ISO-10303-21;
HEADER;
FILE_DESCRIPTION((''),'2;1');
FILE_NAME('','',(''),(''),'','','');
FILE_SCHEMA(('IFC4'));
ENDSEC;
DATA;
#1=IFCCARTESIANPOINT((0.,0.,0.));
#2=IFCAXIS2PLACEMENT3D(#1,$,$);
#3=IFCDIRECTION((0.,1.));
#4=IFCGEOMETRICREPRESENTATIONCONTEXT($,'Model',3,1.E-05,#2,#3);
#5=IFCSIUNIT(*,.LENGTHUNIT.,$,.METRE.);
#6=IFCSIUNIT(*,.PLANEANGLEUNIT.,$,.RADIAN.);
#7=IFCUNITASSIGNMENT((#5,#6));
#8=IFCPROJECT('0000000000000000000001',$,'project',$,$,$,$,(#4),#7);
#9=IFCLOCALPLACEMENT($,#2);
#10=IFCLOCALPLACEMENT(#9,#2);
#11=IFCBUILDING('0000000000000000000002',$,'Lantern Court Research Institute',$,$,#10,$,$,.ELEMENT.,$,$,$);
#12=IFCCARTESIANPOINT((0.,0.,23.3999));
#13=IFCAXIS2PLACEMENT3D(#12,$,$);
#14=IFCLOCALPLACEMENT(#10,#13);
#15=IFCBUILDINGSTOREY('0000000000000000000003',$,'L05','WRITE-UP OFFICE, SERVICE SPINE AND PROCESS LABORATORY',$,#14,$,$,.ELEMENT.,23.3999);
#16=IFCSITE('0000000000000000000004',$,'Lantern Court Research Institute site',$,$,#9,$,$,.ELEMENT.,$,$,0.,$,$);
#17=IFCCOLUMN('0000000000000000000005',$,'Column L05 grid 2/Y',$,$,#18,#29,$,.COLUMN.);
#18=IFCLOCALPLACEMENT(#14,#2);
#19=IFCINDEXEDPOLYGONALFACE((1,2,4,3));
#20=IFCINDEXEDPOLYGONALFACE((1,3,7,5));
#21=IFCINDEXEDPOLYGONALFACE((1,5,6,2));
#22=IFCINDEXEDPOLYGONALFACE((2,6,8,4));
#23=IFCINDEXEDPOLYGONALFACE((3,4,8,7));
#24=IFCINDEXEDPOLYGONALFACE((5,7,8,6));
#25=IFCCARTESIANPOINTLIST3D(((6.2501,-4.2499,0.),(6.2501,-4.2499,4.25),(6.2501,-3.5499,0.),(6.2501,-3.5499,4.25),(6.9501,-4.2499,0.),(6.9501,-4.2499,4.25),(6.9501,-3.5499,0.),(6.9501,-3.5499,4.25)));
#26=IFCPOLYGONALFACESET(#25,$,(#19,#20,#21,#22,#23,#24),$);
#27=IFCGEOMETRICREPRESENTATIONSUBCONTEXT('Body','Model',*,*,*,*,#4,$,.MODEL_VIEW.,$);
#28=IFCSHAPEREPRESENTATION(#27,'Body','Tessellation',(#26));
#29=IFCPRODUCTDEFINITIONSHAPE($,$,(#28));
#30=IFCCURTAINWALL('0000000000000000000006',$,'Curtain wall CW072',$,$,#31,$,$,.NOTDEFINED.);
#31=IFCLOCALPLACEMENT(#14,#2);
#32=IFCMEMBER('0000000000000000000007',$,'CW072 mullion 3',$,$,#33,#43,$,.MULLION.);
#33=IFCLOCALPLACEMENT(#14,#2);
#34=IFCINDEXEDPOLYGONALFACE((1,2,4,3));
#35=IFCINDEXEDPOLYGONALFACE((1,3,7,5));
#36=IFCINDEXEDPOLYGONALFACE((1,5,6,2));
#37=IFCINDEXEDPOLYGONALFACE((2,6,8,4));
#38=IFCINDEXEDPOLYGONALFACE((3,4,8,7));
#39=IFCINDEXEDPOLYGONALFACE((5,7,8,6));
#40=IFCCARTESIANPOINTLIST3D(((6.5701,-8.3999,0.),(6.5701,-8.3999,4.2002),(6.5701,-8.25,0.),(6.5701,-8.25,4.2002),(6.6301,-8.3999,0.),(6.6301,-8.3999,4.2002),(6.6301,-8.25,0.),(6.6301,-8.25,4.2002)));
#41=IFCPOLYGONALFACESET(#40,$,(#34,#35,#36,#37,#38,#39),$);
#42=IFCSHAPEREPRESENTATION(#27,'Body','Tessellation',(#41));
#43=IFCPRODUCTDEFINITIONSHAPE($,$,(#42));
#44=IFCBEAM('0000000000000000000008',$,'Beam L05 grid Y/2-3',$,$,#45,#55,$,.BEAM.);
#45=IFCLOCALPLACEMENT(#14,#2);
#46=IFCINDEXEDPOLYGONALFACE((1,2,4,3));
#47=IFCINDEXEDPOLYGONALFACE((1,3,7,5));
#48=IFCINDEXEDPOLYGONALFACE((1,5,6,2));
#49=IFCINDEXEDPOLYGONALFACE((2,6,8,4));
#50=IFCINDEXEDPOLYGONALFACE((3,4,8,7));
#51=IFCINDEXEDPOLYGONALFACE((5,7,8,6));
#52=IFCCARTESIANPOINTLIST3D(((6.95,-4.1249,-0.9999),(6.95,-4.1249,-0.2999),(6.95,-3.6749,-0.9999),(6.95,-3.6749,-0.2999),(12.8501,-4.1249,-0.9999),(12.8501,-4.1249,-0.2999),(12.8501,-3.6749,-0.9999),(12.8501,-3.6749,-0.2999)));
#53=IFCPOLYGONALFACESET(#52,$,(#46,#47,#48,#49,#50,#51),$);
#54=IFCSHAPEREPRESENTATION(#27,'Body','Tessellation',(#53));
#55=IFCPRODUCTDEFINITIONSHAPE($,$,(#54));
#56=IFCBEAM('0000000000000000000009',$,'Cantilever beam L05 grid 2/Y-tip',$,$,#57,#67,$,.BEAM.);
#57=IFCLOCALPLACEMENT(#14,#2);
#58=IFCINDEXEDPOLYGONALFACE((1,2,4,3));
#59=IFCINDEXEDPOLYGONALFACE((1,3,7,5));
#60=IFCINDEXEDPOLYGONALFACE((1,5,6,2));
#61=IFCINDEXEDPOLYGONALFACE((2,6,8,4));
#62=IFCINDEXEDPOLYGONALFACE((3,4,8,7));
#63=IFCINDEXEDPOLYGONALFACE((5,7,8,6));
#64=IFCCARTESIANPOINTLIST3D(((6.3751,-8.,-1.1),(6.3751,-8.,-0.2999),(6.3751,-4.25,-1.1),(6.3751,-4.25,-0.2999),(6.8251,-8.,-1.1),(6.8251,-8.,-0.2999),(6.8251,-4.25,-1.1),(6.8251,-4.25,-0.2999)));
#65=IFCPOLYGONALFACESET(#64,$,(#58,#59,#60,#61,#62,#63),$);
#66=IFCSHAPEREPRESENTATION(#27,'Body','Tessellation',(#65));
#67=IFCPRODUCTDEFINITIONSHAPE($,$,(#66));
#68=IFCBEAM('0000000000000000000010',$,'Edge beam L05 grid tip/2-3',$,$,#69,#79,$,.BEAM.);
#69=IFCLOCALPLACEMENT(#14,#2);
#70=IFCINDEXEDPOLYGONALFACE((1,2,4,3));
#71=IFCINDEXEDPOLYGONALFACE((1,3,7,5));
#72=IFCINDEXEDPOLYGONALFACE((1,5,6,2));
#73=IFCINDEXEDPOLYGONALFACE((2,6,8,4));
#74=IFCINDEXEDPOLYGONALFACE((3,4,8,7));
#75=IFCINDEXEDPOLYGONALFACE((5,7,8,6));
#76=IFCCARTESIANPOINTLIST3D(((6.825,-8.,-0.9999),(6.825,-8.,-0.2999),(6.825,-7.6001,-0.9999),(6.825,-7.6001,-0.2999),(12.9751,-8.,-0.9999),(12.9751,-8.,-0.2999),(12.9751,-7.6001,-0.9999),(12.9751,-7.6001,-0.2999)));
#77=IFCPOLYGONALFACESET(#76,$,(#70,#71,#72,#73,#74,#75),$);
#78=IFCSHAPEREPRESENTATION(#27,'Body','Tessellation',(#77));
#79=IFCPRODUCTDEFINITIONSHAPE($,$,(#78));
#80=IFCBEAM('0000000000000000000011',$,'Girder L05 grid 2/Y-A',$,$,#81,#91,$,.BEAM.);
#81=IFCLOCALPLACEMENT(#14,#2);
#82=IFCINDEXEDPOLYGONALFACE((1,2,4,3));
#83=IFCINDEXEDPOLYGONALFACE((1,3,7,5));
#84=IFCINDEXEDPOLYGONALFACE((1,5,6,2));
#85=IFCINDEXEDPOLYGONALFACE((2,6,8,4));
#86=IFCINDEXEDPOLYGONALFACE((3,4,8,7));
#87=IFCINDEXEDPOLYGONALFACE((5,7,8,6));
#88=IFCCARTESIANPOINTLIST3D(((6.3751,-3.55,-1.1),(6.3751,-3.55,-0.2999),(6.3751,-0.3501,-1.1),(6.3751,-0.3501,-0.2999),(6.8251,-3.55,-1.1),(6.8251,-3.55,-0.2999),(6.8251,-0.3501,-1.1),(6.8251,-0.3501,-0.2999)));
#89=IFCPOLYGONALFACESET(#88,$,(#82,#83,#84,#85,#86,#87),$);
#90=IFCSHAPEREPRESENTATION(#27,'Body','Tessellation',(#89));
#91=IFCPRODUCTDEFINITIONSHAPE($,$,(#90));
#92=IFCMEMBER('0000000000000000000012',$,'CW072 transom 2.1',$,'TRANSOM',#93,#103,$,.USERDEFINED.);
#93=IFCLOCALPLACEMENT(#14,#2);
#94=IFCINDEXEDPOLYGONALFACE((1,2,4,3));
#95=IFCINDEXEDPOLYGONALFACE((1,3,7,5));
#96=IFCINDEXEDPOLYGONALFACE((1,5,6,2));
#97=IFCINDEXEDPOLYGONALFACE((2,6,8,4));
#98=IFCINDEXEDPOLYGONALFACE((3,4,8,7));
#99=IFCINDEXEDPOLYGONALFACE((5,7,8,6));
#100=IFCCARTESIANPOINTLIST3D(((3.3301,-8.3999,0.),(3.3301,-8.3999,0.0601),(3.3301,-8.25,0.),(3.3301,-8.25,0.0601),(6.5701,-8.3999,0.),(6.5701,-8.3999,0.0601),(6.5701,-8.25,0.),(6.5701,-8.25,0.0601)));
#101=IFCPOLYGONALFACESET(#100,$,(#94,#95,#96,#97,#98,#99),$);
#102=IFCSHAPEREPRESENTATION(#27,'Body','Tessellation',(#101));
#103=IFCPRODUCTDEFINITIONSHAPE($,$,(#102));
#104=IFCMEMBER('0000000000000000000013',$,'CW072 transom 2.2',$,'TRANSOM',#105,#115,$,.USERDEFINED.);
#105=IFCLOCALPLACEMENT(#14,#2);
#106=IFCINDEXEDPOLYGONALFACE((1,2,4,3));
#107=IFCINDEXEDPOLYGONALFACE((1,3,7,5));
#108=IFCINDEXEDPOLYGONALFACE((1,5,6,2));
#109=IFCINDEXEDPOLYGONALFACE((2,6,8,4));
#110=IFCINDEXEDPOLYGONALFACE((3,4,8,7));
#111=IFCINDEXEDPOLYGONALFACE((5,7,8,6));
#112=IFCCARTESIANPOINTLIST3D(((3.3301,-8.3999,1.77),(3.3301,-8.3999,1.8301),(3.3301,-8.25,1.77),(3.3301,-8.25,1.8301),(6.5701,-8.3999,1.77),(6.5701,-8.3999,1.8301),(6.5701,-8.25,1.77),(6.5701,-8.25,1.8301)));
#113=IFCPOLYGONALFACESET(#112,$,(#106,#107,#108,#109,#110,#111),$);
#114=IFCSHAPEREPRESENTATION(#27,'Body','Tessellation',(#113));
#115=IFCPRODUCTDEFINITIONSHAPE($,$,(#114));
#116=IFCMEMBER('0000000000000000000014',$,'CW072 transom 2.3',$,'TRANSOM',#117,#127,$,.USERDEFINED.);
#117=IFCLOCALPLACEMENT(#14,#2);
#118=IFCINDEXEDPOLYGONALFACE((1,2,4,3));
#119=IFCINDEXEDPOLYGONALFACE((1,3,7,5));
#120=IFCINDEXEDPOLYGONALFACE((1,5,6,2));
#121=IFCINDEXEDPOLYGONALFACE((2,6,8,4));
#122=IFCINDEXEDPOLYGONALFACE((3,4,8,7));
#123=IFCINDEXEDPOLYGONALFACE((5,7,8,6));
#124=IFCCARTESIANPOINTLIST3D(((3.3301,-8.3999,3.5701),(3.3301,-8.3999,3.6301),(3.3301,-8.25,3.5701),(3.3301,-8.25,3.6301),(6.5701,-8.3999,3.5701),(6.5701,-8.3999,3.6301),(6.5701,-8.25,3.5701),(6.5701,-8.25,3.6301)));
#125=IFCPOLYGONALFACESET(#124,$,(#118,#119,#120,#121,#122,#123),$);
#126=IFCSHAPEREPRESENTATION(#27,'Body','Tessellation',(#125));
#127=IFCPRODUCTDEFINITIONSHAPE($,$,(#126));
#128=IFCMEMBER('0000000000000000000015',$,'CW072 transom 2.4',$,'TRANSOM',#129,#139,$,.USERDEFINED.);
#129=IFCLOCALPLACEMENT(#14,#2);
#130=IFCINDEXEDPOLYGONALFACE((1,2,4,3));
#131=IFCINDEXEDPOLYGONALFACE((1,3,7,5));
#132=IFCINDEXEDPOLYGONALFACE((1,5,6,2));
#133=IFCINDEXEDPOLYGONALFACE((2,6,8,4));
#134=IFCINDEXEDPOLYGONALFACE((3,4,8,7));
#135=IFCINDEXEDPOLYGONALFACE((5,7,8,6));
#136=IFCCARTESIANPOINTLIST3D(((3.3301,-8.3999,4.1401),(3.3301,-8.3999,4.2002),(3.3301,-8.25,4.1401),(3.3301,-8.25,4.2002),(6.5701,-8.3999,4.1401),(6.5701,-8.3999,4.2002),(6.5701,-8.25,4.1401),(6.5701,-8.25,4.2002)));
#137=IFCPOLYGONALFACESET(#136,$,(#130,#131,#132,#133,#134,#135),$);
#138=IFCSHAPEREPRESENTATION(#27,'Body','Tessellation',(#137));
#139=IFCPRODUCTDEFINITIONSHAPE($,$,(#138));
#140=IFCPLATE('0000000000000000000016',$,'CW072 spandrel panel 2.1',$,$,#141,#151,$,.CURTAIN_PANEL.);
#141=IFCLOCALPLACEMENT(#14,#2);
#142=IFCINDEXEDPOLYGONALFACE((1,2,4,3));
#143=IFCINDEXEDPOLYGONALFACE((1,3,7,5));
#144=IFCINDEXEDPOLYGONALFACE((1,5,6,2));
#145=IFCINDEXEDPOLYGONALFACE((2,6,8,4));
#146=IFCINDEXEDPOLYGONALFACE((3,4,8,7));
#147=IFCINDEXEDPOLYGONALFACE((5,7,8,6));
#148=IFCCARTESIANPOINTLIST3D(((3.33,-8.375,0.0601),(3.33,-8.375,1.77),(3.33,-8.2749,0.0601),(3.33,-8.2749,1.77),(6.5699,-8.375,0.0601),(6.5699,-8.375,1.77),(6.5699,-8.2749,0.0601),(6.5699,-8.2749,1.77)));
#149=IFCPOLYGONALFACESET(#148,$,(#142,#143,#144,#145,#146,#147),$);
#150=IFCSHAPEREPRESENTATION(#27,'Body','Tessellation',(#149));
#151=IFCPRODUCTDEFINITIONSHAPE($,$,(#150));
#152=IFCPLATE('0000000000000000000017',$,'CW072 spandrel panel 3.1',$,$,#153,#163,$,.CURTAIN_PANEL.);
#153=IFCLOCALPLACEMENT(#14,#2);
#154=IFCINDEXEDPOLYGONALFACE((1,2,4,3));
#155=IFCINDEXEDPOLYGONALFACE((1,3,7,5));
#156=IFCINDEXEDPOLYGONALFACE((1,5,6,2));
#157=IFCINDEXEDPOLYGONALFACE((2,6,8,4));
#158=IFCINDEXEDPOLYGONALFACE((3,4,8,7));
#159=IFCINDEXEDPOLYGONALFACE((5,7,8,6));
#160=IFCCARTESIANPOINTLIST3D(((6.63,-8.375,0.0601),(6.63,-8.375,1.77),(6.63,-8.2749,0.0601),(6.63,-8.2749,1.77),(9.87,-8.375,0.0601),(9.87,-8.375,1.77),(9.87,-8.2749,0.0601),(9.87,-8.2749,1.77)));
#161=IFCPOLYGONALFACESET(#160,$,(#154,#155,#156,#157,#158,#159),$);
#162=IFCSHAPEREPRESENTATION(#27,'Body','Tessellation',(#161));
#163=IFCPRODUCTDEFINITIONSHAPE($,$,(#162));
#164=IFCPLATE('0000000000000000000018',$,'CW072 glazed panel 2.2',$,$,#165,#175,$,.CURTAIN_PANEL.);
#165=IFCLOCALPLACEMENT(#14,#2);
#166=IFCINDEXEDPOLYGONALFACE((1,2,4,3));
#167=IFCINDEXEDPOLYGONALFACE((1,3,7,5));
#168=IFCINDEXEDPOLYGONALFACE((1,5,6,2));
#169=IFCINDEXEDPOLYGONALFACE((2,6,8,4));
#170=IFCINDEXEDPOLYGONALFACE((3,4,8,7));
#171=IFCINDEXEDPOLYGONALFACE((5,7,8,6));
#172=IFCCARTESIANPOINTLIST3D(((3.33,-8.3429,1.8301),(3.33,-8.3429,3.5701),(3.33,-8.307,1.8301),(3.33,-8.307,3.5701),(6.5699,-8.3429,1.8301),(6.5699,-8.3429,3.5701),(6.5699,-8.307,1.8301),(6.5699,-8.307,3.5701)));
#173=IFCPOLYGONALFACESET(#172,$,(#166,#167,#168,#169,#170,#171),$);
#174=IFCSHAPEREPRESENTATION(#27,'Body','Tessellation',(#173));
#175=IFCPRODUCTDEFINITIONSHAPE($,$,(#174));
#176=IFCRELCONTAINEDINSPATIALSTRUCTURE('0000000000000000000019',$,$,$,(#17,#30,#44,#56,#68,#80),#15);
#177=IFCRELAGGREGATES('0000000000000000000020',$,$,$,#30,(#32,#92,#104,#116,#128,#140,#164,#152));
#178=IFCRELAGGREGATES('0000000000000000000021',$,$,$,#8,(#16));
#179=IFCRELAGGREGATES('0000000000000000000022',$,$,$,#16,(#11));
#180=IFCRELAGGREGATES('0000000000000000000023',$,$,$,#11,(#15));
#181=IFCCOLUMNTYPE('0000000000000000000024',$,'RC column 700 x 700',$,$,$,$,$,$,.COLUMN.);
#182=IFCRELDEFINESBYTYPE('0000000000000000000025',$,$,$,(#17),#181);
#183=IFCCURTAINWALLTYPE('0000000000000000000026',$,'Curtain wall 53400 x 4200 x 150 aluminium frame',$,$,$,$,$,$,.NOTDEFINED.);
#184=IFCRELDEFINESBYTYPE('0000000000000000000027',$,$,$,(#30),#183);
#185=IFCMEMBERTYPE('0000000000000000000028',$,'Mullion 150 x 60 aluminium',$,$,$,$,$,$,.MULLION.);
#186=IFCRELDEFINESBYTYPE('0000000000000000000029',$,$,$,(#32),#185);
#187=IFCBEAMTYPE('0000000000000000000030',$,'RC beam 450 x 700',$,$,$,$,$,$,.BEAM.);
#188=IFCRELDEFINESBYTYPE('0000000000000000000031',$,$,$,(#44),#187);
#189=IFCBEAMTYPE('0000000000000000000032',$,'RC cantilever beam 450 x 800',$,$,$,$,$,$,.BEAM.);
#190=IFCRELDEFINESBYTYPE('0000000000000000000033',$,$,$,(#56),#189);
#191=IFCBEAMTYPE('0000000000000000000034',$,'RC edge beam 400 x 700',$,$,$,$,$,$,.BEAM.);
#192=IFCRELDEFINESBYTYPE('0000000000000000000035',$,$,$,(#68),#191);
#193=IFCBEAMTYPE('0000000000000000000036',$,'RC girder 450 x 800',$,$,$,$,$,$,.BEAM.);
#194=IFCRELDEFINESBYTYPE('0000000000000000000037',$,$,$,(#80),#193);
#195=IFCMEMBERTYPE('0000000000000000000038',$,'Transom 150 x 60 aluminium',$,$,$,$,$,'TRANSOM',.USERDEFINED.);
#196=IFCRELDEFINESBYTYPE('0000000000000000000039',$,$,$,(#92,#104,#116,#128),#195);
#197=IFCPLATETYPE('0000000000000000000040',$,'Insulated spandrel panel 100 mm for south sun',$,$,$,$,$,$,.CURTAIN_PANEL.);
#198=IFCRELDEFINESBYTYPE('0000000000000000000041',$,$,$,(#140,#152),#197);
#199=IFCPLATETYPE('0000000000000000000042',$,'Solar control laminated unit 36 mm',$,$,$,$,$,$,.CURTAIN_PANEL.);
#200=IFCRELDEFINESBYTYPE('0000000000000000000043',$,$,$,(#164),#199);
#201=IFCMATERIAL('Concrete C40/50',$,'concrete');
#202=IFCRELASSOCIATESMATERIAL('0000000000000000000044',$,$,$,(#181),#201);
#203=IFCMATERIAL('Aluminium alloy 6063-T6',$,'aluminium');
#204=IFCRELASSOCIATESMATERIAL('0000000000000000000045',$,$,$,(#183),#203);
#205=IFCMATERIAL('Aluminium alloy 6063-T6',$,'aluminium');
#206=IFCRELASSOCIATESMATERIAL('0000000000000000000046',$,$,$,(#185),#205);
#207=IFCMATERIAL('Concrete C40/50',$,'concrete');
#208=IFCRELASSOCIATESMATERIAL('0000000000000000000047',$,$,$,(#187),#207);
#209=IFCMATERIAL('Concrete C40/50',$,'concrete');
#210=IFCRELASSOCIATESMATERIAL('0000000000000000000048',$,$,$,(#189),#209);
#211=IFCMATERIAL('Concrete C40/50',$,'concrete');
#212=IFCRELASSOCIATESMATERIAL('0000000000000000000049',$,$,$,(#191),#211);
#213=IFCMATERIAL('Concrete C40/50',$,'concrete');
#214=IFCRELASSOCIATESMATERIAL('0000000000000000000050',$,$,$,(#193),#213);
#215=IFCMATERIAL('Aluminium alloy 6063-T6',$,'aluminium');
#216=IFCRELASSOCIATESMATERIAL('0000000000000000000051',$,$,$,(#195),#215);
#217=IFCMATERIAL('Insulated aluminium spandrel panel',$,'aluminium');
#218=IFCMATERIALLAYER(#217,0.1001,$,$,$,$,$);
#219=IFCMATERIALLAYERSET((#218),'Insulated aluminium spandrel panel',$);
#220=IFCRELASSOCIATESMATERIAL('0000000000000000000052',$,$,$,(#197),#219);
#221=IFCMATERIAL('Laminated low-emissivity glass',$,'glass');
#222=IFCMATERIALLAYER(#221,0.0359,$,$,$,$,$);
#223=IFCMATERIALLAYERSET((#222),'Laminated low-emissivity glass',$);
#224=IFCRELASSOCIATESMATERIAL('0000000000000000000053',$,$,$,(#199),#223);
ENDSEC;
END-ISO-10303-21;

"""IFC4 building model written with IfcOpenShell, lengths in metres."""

from ifc_helpers import new_model, si_unit, direction, frame, origin, origin_2d, place, context, subcontext, project, spatial, rectangle, extrude, material, layer, layer_set, material_profile, profile_set, type_object, element, aggregate, save


model = new_model("IFC4")

# Units and contexts
model_context = context("Model", 3, precision=1e-05, world=origin(), true_north=direction((0.0, 1.0)))
body_context = subcontext(model_context, "Body", "Model", "MODEL_VIEW")
ifc_project = project(units=[si_unit("LENGTHUNIT", "METRE"), si_unit("PLANEANGLEUNIT", "RADIAN")], contexts=[model_context])

# Site, building, storey
site_placement = place(None, origin())
site = spatial("IfcSite", under=ifc_project, at=site_placement, Name="Lantern Court Research Institute site", CompositionType="ELEMENT", RefElevation=0.0)
building_placement = place(site_placement, origin())
building = spatial("IfcBuilding", under=site, at=building_placement, Name="Lantern Court Research Institute", CompositionType="ELEMENT")
storey_placement = place(building_placement, frame((0.0, 0.0, 23.3999)))
storey = spatial("IfcBuildingStorey", under=building, at=storey_placement, Name="L05", Description="WRITE-UP OFFICE, SERVICE SPINE AND PROCESS LABORATORY", CompositionType="ELEMENT", Elevation=23.3999)

# Column
ifc_material_1 = material(Name="Concrete C40/50", Category="concrete")
ifc_material_profile_1 = material_profile(ifc_material_1, rectangle(XDim=0.7, YDim=0.7, at=origin_2d()), Name="RC column 700 x 700")
ifc_profile_set_1 = profile_set([ifc_material_profile_1], Name="Concrete C40/50")
column_type = type_object("IfcColumnType", Name="RC column 700 x 700", PredefinedType="COLUMN", material=ifc_profile_set_1)
column_placement = place(storey_placement, frame((6.6001, -3.8999, 0.0), z_axis=(0.0, 0.0, 1.0), x_axis=(1.0, 0.0, 0.0)))
element("IfcColumn", 1, at=column_placement, inside=storey, type_object=column_type, Name="Column L05 grid 2/Y", PredefinedType="COLUMN", context=body_context, shape_type="SweptSolid", body=[
    extrude(rectangle(XDim=0.7, YDim=0.7, at=origin_2d()), origin(), (0.0, 0.0, 1.0), 4.25),
])

# Curtain wall, member
ifc_material_2 = material(Name="Aluminium alloy 6063-T6", Category="aluminium")
curtain_wall_type = type_object("IfcCurtainWallType", Name="Curtain wall 53400 x 4200 x 150 aluminium frame", PredefinedType="NOTDEFINED", material=ifc_material_2)
curtain_wall_placement = place(storey_placement, origin())
curtain_wall = element("IfcCurtainWall", 2, at=curtain_wall_placement, inside=storey, type_object=curtain_wall_type, Name="Curtain wall CW072", PredefinedType="NOTDEFINED")
ifc_material_3 = material(Name="Aluminium alloy 6063-T6", Category="aluminium")
ifc_material_profile_2 = material_profile(ifc_material_3, rectangle(XDim=0.1499, YDim=0.0601, at=origin_2d()), Name="Mullion 150 x 60")
ifc_profile_set_2 = profile_set([ifc_material_profile_2], Name="Aluminium alloy 6063-T6")
member_type_1 = type_object("IfcMemberType", Name="Mullion 150 x 60 aluminium", PredefinedType="MULLION", material=ifc_profile_set_2)
member_1_placement = place(storey_placement, frame((6.6001, -8.325, 0.0), z_axis=(0.0, 0.0, 1.0), x_axis=(0.0, -1.0, 0.0)))
member_1 = element("IfcMember", 3, at=member_1_placement, type_object=member_type_1, Name="CW072 mullion 3", PredefinedType="MULLION", context=body_context, shape_type="SweptSolid", body=[
    extrude(rectangle(XDim=0.1499, YDim=0.0601, at=origin_2d()), origin(), (0.0, 0.0, 1.0), 4.2002),
])

# Beams
ifc_material_4 = material(Name="Concrete C40/50", Category="concrete")
ifc_material_profile_3 = material_profile(ifc_material_4, rectangle(XDim=0.45, YDim=0.7, at=origin_2d()), Name="RC beam 450 x 700")
ifc_profile_set_3 = profile_set([ifc_material_profile_3], Name="Concrete C40/50")
beam_type_1 = type_object("IfcBeamType", Name="RC beam 450 x 700", PredefinedType="BEAM", material=ifc_profile_set_3)
beam_1_placement = place(storey_placement, frame((6.95, -3.8999, -0.6499), z_axis=(1.0, 0.0, 0.0), x_axis=(0.0, 1.0, 0.0)))
element("IfcBeam", 4, at=beam_1_placement, inside=storey, type_object=beam_type_1, Name="Beam L05 grid Y/2-3", PredefinedType="BEAM", context=body_context, shape_type="SweptSolid", body=[
    extrude(rectangle(XDim=0.45, YDim=0.7, at=origin_2d()), origin(), (0.0, 0.0, 1.0), 5.9001),
])
ifc_material_5 = material(Name="Concrete C40/50", Category="concrete")
ifc_material_profile_4 = material_profile(ifc_material_5, rectangle(XDim=0.45, YDim=0.8, at=origin_2d()), Name="RC beam 450 x 800")
ifc_profile_set_4 = profile_set([ifc_material_profile_4], Name="Concrete C40/50")
beam_type_2 = type_object("IfcBeamType", Name="RC cantilever beam 450 x 800", PredefinedType="BEAM", material=ifc_profile_set_4)
beam_2_placement = place(storey_placement, frame((6.6001, -4.25, -0.7), z_axis=(0.0, -1.0, 0.0), x_axis=(1.0, 0.0, 0.0)))
element("IfcBeam", 5, at=beam_2_placement, inside=storey, type_object=beam_type_2, Name="Cantilever beam L05 grid 2/Y-tip", PredefinedType="BEAM", context=body_context, shape_type="SweptSolid", body=[
    extrude(rectangle(XDim=0.45, YDim=0.8, at=origin_2d()), origin(), (0.0, 0.0, 1.0), 3.75),
])
ifc_material_6 = material(Name="Concrete C40/50", Category="concrete")
ifc_material_profile_5 = material_profile(ifc_material_6, rectangle(XDim=0.3999, YDim=0.7, at=origin_2d()), Name="RC beam 400 x 700")
ifc_profile_set_5 = profile_set([ifc_material_profile_5], Name="Concrete C40/50")
beam_type_3 = type_object("IfcBeamType", Name="RC edge beam 400 x 700", PredefinedType="BEAM", material=ifc_profile_set_5)
beam_3_placement = place(storey_placement, frame((6.825, -7.8, -0.6499), z_axis=(1.0, 0.0, 0.0), x_axis=(0.0, 1.0, 0.0)))
element("IfcBeam", 6, at=beam_3_placement, inside=storey, type_object=beam_type_3, Name="Edge beam L05 grid tip/2-3", PredefinedType="BEAM", context=body_context, shape_type="SweptSolid", body=[
    extrude(rectangle(XDim=0.3999, YDim=0.7, at=origin_2d()), origin(), (0.0, 0.0, 1.0), 6.1501),
])
ifc_material_7 = material(Name="Concrete C40/50", Category="concrete")
ifc_material_profile_6 = material_profile(ifc_material_7, rectangle(XDim=0.45, YDim=0.8, at=origin_2d()), Name="RC beam 450 x 800")
ifc_profile_set_6 = profile_set([ifc_material_profile_6], Name="Concrete C40/50")
beam_type_4 = type_object("IfcBeamType", Name="RC girder 450 x 800", PredefinedType="BEAM", material=ifc_profile_set_6)
beam_4_placement = place(storey_placement, frame((6.6001, -3.55, -0.7), z_axis=(0.0, 1.0, 0.0), x_axis=(-1.0, 0.0, 0.0)))
element("IfcBeam", 7, at=beam_4_placement, inside=storey, type_object=beam_type_4, Name="Girder L05 grid 2/Y-A", PredefinedType="BEAM", context=body_context, shape_type="SweptSolid", body=[
    extrude(rectangle(XDim=0.45, YDim=0.8, at=origin_2d()), origin(), (0.0, 0.0, 1.0), 3.2),
])

# Members
ifc_material_8 = material(Name="Aluminium alloy 6063-T6", Category="aluminium")
ifc_material_profile_7 = material_profile(ifc_material_8, rectangle(XDim=0.1499, YDim=0.0601, at=origin_2d()), Name="Transom 150 x 60")
ifc_profile_set_7 = profile_set([ifc_material_profile_7], Name="Aluminium alloy 6063-T6")
member_type_2 = type_object("IfcMemberType", Name="Transom 150 x 60 aluminium", ElementType="TRANSOM", PredefinedType="USERDEFINED", material=ifc_profile_set_7)
member_2_placement = place(storey_placement, frame((6.5701, -8.325, 0.03), z_axis=(-1.0, 0.0, 0.0), x_axis=(0.0, -1.0, 0.0)))
member_2 = element("IfcMember", 8, at=member_2_placement, type_object=member_type_2, Name="CW072 transom 2.1", ObjectType="TRANSOM", PredefinedType="USERDEFINED", context=body_context, shape_type="SweptSolid", body=[
    extrude(rectangle(XDim=0.1499, YDim=0.0601, at=origin_2d()), origin(), (0.0, 0.0, 1.0), 3.24),
])
member_3_placement = place(storey_placement, frame((6.5701, -8.325, 1.8), z_axis=(-1.0, 0.0, 0.0), x_axis=(0.0, -1.0, 0.0)))
member_3 = element("IfcMember", 9, at=member_3_placement, type_object=member_type_2, Name="CW072 transom 2.2", ObjectType="TRANSOM", PredefinedType="USERDEFINED", context=body_context, shape_type="SweptSolid", body=[
    extrude(rectangle(XDim=0.1499, YDim=0.0601, at=origin_2d()), origin(), (0.0, 0.0, 1.0), 3.24),
])
member_4_placement = place(storey_placement, frame((6.5701, -8.325, 3.6001), z_axis=(-1.0, 0.0, 0.0), x_axis=(0.0, -1.0, 0.0)))
member_4 = element("IfcMember", 10, at=member_4_placement, type_object=member_type_2, Name="CW072 transom 2.3", ObjectType="TRANSOM", PredefinedType="USERDEFINED", context=body_context, shape_type="SweptSolid", body=[
    extrude(rectangle(XDim=0.1499, YDim=0.0601, at=origin_2d()), origin(), (0.0, 0.0, 1.0), 3.24),
])
member_5_placement = place(storey_placement, frame((6.5701, -8.325, 4.1702), z_axis=(-1.0, 0.0, 0.0), x_axis=(0.0, -1.0, 0.0)))
member_5 = element("IfcMember", 11, at=member_5_placement, type_object=member_type_2, Name="CW072 transom 2.4", ObjectType="TRANSOM", PredefinedType="USERDEFINED", context=body_context, shape_type="SweptSolid", body=[
    extrude(rectangle(XDim=0.1499, YDim=0.0601, at=origin_2d()), origin(), (0.0, 0.0, 1.0), 3.24),
])

# Plates
ifc_material_9 = material(Name="Insulated aluminium spandrel panel", Category="aluminium")
ifc_layer_1 = layer(ifc_material_9, 0.1001)
ifc_layer_set_1 = layer_set([ifc_layer_1], Name="Insulated aluminium spandrel panel")
plate_type_1 = type_object("IfcPlateType", Name="Insulated spandrel panel 100 mm for south sun", PredefinedType="CURTAIN_PANEL", material=ifc_layer_set_1)
plate_1_placement = place(storey_placement, frame((4.95, -8.325, 0.0601), z_axis=(0.0, 0.0, 1.0), x_axis=(-1.0, 0.0, 0.0)))
plate_1 = element("IfcPlate", 12, at=plate_1_placement, type_object=plate_type_1, Name="CW072 spandrel panel 2.1", PredefinedType="CURTAIN_PANEL", context=body_context, shape_type="SweptSolid", body=[
    extrude(rectangle(XDim=3.24, YDim=0.1001, at=origin_2d()), origin(), (0.0, 0.0, 1.0), 1.71),
])
plate_2_placement = place(storey_placement, frame((8.25, -8.325, 0.0601), z_axis=(0.0, 0.0, 1.0), x_axis=(-1.0, 0.0, 0.0)))
plate_2 = element("IfcPlate", 13, at=plate_2_placement, type_object=plate_type_1, Name="CW072 spandrel panel 3.1", PredefinedType="CURTAIN_PANEL", context=body_context, shape_type="SweptSolid", body=[
    extrude(rectangle(XDim=3.24, YDim=0.1001, at=origin_2d()), origin(), (0.0, 0.0, 1.0), 1.71),
])
ifc_material_10 = material(Name="Laminated low-emissivity glass", Category="glass")
ifc_layer_2 = layer(ifc_material_10, 0.0359)
ifc_layer_set_2 = layer_set([ifc_layer_2], Name="Laminated low-emissivity glass")
plate_type_2 = type_object("IfcPlateType", Name="Solar control laminated unit 36 mm", PredefinedType="CURTAIN_PANEL", material=ifc_layer_set_2)
plate_3_placement = place(storey_placement, frame((4.95, -8.325, 1.8301), z_axis=(0.0, 0.0, 1.0), x_axis=(-1.0, 0.0, 0.0)))
plate_3 = element("IfcPlate", 14, at=plate_3_placement, type_object=plate_type_2, Name="CW072 glazed panel 2.2", PredefinedType="CURTAIN_PANEL", context=body_context, shape_type="SweptSolid", body=[
    extrude(rectangle(XDim=3.24, YDim=0.0359, at=origin_2d()), origin(), (0.0, 0.0, 1.0), 1.74),
])
aggregate(curtain_wall, [member_1, member_2, member_3, member_4, member_5, plate_1, plate_3, plate_2])

save(model, "model.ifc")
